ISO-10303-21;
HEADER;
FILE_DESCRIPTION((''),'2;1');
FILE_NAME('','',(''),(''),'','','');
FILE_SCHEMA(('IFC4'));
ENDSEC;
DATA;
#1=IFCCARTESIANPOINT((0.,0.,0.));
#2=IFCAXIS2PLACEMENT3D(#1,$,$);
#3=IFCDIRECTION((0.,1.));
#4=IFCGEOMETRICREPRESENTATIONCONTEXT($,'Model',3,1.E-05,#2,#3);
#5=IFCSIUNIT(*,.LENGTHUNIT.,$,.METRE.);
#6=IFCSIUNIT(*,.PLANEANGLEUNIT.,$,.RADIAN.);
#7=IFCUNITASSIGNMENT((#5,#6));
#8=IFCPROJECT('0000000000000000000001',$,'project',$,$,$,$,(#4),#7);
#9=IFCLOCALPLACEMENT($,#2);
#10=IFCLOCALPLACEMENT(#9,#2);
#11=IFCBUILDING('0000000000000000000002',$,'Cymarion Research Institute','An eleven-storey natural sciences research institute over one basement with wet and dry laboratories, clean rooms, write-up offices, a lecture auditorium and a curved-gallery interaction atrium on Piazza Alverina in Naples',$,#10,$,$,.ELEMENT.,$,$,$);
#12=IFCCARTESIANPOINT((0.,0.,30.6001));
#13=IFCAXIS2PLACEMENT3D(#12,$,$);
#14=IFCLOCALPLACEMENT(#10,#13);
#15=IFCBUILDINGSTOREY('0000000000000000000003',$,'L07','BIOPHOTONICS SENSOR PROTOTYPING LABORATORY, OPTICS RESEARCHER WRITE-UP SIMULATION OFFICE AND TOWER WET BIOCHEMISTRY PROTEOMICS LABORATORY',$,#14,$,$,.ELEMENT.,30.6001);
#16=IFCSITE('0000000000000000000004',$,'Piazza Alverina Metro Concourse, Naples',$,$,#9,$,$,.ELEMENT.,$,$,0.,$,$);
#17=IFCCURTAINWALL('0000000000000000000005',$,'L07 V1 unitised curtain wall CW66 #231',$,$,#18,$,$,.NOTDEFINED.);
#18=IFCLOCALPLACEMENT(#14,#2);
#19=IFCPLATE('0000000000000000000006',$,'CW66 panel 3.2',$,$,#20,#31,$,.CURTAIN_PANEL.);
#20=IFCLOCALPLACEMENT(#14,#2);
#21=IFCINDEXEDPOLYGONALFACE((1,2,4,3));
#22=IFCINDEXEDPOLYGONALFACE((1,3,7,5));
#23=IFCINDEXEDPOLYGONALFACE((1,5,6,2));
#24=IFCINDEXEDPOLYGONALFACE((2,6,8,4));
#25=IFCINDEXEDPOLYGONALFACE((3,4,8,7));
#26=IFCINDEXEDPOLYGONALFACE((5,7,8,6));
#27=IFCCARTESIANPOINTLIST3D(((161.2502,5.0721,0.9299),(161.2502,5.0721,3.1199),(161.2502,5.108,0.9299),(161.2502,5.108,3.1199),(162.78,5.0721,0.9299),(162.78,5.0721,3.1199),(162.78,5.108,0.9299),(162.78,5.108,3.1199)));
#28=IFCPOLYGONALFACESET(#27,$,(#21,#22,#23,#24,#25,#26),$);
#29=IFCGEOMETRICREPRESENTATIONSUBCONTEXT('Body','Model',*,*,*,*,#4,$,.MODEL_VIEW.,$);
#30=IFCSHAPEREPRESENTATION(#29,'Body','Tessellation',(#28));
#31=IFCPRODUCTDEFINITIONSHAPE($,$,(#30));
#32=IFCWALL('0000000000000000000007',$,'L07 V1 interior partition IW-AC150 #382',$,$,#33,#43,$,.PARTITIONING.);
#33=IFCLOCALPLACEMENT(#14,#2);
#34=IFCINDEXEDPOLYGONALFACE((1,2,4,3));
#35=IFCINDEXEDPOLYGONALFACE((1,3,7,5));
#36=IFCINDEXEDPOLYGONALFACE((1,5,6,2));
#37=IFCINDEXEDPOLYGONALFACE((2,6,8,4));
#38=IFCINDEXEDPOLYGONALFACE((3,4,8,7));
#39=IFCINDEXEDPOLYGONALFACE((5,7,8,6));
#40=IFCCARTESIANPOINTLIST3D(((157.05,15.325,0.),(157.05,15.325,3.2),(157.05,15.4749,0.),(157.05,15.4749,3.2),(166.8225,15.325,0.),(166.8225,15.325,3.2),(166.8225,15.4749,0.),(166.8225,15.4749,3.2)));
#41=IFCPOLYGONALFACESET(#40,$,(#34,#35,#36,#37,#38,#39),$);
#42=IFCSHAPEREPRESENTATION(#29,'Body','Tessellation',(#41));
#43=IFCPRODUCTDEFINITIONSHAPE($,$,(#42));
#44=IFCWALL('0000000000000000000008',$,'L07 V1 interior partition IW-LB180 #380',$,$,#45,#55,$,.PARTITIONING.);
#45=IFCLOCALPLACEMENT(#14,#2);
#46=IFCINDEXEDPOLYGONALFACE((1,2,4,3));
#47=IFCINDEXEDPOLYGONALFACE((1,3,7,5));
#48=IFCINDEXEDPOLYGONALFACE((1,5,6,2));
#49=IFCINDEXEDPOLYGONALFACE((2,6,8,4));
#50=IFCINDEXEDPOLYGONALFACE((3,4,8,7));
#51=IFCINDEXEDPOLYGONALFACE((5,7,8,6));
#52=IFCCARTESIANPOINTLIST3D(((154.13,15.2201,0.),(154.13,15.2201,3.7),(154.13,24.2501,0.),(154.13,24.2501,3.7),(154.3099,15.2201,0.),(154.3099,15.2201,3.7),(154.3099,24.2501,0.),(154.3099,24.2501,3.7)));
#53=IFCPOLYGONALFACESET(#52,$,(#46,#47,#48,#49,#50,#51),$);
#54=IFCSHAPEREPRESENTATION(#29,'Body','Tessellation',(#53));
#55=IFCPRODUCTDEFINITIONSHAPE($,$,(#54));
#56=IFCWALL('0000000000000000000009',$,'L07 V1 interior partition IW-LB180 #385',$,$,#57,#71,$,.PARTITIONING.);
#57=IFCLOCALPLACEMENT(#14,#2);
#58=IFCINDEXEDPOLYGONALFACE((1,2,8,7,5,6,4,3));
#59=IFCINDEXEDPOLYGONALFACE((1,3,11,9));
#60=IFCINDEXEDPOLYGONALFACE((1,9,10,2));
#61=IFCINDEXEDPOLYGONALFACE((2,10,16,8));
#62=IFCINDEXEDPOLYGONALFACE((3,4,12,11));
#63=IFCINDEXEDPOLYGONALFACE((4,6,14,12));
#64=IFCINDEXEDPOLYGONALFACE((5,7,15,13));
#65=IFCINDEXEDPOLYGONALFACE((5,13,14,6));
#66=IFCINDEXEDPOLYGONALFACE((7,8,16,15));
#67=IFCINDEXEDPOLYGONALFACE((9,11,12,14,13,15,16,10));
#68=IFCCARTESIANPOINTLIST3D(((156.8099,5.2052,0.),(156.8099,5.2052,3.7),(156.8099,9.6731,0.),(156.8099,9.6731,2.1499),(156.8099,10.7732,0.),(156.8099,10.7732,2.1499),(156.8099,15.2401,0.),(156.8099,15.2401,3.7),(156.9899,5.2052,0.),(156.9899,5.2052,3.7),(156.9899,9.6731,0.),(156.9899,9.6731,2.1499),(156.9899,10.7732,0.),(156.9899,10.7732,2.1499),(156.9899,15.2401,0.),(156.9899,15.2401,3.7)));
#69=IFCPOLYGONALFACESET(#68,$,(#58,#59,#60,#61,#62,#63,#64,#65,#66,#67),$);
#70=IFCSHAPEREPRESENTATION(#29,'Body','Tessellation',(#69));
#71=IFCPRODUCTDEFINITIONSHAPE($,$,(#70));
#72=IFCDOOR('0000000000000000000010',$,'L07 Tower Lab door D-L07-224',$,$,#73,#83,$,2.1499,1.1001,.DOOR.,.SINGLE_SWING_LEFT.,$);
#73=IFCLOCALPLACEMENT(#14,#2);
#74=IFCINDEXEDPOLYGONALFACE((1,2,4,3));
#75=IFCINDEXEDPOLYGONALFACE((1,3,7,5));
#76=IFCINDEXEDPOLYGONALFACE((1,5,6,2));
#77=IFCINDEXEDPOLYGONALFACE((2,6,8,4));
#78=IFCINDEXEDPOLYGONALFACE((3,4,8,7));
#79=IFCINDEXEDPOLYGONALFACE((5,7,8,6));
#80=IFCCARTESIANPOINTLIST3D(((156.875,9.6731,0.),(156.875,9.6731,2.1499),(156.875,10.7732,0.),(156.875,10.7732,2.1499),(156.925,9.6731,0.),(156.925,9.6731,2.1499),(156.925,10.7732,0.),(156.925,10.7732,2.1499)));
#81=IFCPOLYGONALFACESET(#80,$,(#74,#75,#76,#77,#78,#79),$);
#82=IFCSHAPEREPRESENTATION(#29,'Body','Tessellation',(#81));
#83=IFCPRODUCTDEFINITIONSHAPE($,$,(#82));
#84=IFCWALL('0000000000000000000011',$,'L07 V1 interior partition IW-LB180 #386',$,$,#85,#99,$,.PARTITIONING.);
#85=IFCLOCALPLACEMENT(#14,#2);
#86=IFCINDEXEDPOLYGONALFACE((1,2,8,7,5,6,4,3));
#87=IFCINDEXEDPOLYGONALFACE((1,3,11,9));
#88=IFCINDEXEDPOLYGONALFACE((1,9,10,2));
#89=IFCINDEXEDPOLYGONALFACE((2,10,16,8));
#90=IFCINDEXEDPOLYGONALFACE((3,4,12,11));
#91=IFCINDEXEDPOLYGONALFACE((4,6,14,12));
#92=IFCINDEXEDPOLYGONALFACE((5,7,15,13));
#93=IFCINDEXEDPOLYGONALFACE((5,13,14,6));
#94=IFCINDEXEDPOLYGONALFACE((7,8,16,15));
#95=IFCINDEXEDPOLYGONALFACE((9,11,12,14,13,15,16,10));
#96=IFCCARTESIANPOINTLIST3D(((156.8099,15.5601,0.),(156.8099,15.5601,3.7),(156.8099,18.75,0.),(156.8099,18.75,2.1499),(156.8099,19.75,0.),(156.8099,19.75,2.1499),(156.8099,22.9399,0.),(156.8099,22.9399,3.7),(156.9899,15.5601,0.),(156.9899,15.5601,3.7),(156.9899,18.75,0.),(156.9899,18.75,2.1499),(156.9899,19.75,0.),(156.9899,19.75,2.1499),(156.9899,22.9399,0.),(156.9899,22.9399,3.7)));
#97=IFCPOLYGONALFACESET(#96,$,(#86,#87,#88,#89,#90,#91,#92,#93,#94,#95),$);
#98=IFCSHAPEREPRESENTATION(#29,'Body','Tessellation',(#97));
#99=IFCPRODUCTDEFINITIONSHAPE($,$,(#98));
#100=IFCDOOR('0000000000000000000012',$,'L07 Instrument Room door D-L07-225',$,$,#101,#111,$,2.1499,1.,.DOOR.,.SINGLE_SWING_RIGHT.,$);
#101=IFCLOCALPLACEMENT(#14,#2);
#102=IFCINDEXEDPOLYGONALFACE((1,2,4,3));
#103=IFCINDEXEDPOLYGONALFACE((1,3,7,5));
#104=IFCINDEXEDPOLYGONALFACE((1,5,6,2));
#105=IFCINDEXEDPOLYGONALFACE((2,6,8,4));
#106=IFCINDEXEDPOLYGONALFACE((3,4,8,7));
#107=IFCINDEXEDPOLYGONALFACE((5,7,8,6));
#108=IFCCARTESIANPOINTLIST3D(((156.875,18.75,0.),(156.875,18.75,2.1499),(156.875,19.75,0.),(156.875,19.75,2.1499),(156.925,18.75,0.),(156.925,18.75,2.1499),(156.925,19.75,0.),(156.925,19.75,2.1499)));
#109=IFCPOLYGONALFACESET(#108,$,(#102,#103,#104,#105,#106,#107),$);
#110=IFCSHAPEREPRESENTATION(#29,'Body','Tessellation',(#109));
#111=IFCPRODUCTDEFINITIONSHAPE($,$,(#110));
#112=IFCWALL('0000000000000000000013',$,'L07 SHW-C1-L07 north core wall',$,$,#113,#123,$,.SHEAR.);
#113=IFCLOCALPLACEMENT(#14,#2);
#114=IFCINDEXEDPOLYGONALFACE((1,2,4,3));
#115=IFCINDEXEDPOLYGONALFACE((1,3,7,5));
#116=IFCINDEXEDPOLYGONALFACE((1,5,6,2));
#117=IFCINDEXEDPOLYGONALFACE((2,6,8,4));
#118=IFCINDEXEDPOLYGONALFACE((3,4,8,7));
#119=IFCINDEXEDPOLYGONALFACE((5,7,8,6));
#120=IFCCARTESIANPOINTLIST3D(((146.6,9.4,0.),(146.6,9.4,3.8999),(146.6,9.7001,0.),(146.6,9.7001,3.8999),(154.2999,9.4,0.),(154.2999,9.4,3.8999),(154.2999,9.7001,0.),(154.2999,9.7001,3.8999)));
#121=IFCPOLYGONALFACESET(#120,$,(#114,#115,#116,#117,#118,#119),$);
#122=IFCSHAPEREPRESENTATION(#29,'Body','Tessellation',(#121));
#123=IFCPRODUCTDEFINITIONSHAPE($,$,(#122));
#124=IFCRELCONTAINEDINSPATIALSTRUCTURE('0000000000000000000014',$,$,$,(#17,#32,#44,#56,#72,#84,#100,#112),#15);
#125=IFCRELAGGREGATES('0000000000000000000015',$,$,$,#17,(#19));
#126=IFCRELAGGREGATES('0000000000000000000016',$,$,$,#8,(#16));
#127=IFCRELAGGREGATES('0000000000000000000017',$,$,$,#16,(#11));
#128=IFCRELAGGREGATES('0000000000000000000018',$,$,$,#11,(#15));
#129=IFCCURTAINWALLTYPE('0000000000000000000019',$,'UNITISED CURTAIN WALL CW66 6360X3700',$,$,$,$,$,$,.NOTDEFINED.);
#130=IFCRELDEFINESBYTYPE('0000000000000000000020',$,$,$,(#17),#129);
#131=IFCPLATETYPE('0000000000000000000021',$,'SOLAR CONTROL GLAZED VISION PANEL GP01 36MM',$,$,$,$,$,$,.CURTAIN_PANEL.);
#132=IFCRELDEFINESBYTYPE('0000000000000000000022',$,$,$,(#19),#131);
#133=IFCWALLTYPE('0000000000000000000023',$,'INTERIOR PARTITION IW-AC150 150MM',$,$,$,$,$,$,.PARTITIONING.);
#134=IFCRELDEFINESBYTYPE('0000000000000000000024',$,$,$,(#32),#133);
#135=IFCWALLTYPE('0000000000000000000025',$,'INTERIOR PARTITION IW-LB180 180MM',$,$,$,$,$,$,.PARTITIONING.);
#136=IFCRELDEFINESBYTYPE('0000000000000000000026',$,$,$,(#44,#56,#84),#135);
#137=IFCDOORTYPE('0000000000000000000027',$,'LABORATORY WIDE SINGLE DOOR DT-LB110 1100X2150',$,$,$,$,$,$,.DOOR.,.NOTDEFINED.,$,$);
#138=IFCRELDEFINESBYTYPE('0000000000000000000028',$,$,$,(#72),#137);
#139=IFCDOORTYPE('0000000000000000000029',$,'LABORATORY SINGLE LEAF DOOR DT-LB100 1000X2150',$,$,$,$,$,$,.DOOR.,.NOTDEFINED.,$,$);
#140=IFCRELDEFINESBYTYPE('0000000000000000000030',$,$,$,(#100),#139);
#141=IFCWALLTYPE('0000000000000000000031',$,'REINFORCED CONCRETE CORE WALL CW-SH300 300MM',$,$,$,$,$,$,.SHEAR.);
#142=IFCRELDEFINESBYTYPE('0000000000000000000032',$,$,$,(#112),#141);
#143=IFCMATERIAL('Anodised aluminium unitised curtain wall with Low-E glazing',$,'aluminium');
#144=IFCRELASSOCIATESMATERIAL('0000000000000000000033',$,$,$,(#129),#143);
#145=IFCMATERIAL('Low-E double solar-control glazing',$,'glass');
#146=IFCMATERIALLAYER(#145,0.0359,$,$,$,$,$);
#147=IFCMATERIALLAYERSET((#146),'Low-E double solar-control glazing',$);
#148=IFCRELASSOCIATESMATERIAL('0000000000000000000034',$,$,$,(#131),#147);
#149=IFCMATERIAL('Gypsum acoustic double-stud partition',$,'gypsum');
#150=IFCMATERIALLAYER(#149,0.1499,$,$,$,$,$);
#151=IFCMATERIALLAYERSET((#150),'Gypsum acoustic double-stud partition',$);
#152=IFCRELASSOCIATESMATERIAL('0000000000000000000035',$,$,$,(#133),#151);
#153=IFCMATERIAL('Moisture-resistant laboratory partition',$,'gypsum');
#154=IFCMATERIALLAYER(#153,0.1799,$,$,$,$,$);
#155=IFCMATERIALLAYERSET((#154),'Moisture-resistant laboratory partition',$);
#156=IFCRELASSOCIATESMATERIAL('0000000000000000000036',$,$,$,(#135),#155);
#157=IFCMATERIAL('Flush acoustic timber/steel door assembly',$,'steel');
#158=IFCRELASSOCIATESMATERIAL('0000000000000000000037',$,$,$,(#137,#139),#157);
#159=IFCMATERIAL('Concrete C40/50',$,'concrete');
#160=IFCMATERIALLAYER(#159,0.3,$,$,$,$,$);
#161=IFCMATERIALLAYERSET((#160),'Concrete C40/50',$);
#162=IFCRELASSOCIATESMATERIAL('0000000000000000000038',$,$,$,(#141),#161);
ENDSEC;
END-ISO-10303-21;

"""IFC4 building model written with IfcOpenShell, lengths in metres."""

from ifc_helpers import new_model, si_unit, direction, frame, frame_2d, origin, origin_2d, place, context, subcontext, project, spatial, rectangle, extrude, material, layer, layer_set, type_object, element, fill, aggregate, save


model = new_model("IFC4")

# Units and contexts
model_context = context("Model", 3, precision=1e-05, world=origin(), true_north=direction((0.0, 1.0)))
body_context = subcontext(model_context, "Body", "Model", "MODEL_VIEW")
ifc_project = project(units=[si_unit("LENGTHUNIT", "METRE"), si_unit("PLANEANGLEUNIT", "RADIAN")], contexts=[model_context])

# Site, building, storey
site_placement = place(None, origin())
site = spatial("IfcSite", under=ifc_project, at=site_placement, Name="Piazza Alverina Metro Concourse, Naples", CompositionType="ELEMENT", RefElevation=0.0)
building_placement = place(site_placement, origin())
building = spatial("IfcBuilding", under=site, at=building_placement, Name="Cymarion Research Institute", Description="An eleven-storey natural sciences research institute over one basement with wet and dry laboratories, clean rooms, write-up offices, a lecture auditorium and a curved-gallery interaction atrium on Piazza Alverina in Naples", CompositionType="ELEMENT")
storey_placement = place(building_placement, frame((0.0, 0.0, 30.6001)))
storey = spatial("IfcBuildingStorey", under=building, at=storey_placement, Name="L07", Description="BIOPHOTONICS SENSOR PROTOTYPING LABORATORY, OPTICS RESEARCHER WRITE-UP SIMULATION OFFICE AND TOWER WET BIOCHEMISTRY PROTEOMICS LABORATORY", CompositionType="ELEMENT", Elevation=30.6001)

# Curtain wall
ifc_material_1 = material(Name="Anodised aluminium unitised curtain wall with Low-E glazing", Category="aluminium")
curtain_wall_type = type_object("IfcCurtainWallType", Name="UNITISED CURTAIN WALL CW66 6360X3700", PredefinedType="NOTDEFINED", material=ifc_material_1)
curtain_wall_placement = place(storey_placement, origin())
curtain_wall = element("IfcCurtainWall", 1, at=curtain_wall_placement, inside=storey, type_object=curtain_wall_type, Name="L07 V1 unitised curtain wall CW66 #231", PredefinedType="NOTDEFINED")

# Plate
ifc_material_2 = material(Name="Low-E double solar-control glazing", Category="glass")
ifc_layer_1 = layer(ifc_material_2, 0.0359)
ifc_layer_set_1 = layer_set([ifc_layer_1], Name="Low-E double solar-control glazing")
plate_type_1 = type_object("IfcPlateType", Name="SOLAR CONTROL GLAZED VISION PANEL GP01 36MM", PredefinedType="CURTAIN_PANEL", material=ifc_layer_set_1)
plate_1_placement = place(storey_placement, frame((162.0151, 5.0901, 0.9299), z_axis=(0.0, 0.0, 1.0), x_axis=(1.0, 0.0, 0.0)))
plate_1 = element("IfcPlate", 2, at=plate_1_placement, type_object=plate_type_1, Name="CW66 panel 3.2", PredefinedType="CURTAIN_PANEL", context=body_context, shape_type="SweptSolid", body=[
    extrude(rectangle(XDim=1.5298, YDim=0.0359, at=origin_2d()), origin(), (0.0, 0.0, 1.0), 2.1899),
])
aggregate(curtain_wall, [plate_1])

# Walls
ifc_material_3 = material(Name="Gypsum acoustic double-stud partition", Category="gypsum")
ifc_layer_2 = layer(ifc_material_3, 0.1499)
ifc_layer_set_2 = layer_set([ifc_layer_2], Name="Gypsum acoustic double-stud partition")
wall_type_1 = type_object("IfcWallType", Name="INTERIOR PARTITION IW-AC150 150MM", PredefinedType="PARTITIONING", material=ifc_layer_set_2)
wall_1_placement = place(storey_placement, frame((157.05, 15.3999, 0.0), z_axis=(0.0, 0.0, 1.0), x_axis=(1.0, 0.0, 0.0)))
element("IfcWall", 3, at=wall_1_placement, inside=storey, type_object=wall_type_1, Name="L07 V1 interior partition IW-AC150 #382", PredefinedType="PARTITIONING", context=body_context, shape_type="SweptSolid", body=[
    extrude(rectangle(XDim=9.7725, YDim=0.1499, at=frame_2d((4.8862, 0.0))), origin(), (0.0, 0.0, 1.0), 3.2),
])
ifc_material_4 = material(Name="Moisture-resistant laboratory partition", Category="gypsum")
ifc_layer_3 = layer(ifc_material_4, 0.1799)
ifc_layer_set_3 = layer_set([ifc_layer_3], Name="Moisture-resistant laboratory partition")
wall_type_2 = type_object("IfcWallType", Name="INTERIOR PARTITION IW-LB180 180MM", PredefinedType="PARTITIONING", material=ifc_layer_set_3)
wall_2_placement = place(storey_placement, frame((154.22, 15.22, 0.0), z_axis=(0.0, 0.0, 1.0), x_axis=(0.0, 1.0, 0.0)))
element("IfcWall", 4, at=wall_2_placement, inside=storey, type_object=wall_type_2, Name="L07 V1 interior partition IW-LB180 #380", PredefinedType="PARTITIONING", context=body_context, shape_type="SweptSolid", body=[
    extrude(rectangle(XDim=9.03, YDim=0.1799, at=frame_2d((4.5151, 0.0))), origin(), (0.0, 0.0, 1.0), 3.7),
])

# Walls, openings, doors
wall_3_placement = place(storey_placement, frame((156.8999, 5.2051, 0.0), z_axis=(0.0, 0.0, 1.0), x_axis=(0.0, 1.0, 0.0)))
wall_3 = element("IfcWall", 5, at=wall_3_placement, inside=storey, type_object=wall_type_2, Name="L07 V1 interior partition IW-LB180 #385", PredefinedType="PARTITIONING", context=body_context, shape_type="SweptSolid", body=[
    extrude(rectangle(XDim=10.0349, YDim=0.1799, at=frame_2d((5.0176, 0.0))), origin(), (0.0, 0.0, 1.0), 3.7),
])
opening_1_placement = place(wall_3_placement, frame((4.468, 0.0, 0.0)))
opening_1 = element("IfcOpeningElement", 6, at=opening_1_placement, cuts=wall_3, PredefinedType="OPENING", context=body_context, shape_type="SweptSolid", body=[
    extrude(rectangle(XDim=1.1001, YDim=2.1499, at=frame_2d((0.55, 1.075))), frame((0.0, 0.0999, 0.0), z_axis=(0.0, -1.0, 0.0), x_axis=(1.0, 0.0, 0.0)), (0.0, 0.0, 1.0), 0.2),
])
ifc_material_5 = material(Name="Flush acoustic timber/steel door assembly", Category="steel")
door_type_1 = type_object("IfcDoorType", Name="LABORATORY WIDE SINGLE DOOR DT-LB110 1100X2150", OperationType="NOTDEFINED", PredefinedType="DOOR", material=ifc_material_5)
door_1_placement = place(opening_1_placement, origin())
door_1 = element("IfcDoor", 7, at=door_1_placement, inside=storey, type_object=door_type_1, Name="L07 Tower Lab door D-L07-224", OperationType="SINGLE_SWING_LEFT", OverallHeight=2.1499, OverallWidth=1.1001, PredefinedType="DOOR", context=body_context, shape_type="SweptSolid", body=[
    extrude(rectangle(XDim=1.1001, YDim=2.1499, at=frame_2d((0.55, 1.075))), frame((0.0, 0.0249, 0.0), z_axis=(0.0, -1.0, 0.0), x_axis=(1.0, 0.0, 0.0)), (0.0, 0.0, 1.0), 0.05),
])
fill(opening_1, door_1)
wall_4_placement = place(storey_placement, frame((156.8999, 15.5601, 0.0), z_axis=(0.0, 0.0, 1.0), x_axis=(0.0, 1.0, 0.0)))
wall_4 = element("IfcWall", 8, at=wall_4_placement, inside=storey, type_object=wall_type_2, Name="L07 V1 interior partition IW-LB180 #386", PredefinedType="PARTITIONING", context=body_context, shape_type="SweptSolid", body=[
    extrude(rectangle(XDim=7.3799, YDim=0.1799, at=frame_2d((3.6899, 0.0))), origin(), (0.0, 0.0, 1.0), 3.7),
])
opening_2_placement = place(wall_4_placement, frame((3.1899, 0.0, 0.0)))
opening_2 = element("IfcOpeningElement", 9, at=opening_2_placement, cuts=wall_4, PredefinedType="OPENING", context=body_context, shape_type="SweptSolid", body=[
    extrude(rectangle(XDim=1.0, YDim=2.1499, at=frame_2d((0.5, 1.075))), frame((0.0, 0.0999, 0.0), z_axis=(0.0, -1.0, 0.0), x_axis=(1.0, 0.0, 0.0)), (0.0, 0.0, 1.0), 0.2),
])
door_type_2 = type_object("IfcDoorType", Name="LABORATORY SINGLE LEAF DOOR DT-LB100 1000X2150", OperationType="NOTDEFINED", PredefinedType="DOOR", material=ifc_material_5)
door_2_placement = place(opening_2_placement, origin())
door_2 = element("IfcDoor", 10, at=door_2_placement, inside=storey, type_object=door_type_2, Name="L07 Instrument Room door D-L07-225", OperationType="SINGLE_SWING_RIGHT", OverallHeight=2.1499, OverallWidth=1.0, PredefinedType="DOOR", context=body_context, shape_type="SweptSolid", body=[
    extrude(rectangle(XDim=1.0, YDim=2.1499, at=frame_2d((0.5, 1.075))), frame((0.0, 0.0249, 0.0), z_axis=(0.0, -1.0, 0.0), x_axis=(1.0, 0.0, 0.0)), (0.0, 0.0, 1.0), 0.05),
])
fill(opening_2, door_2)

# Wall
ifc_material_6 = material(Name="Concrete C40/50", Category="concrete")
ifc_layer_4 = layer(ifc_material_6, 0.3)
ifc_layer_set_4 = layer_set([ifc_layer_4], Name="Concrete C40/50")
wall_type_3 = type_object("IfcWallType", Name="REINFORCED CONCRETE CORE WALL CW-SH300 300MM", PredefinedType="SHEAR", material=ifc_layer_set_4)
wall_5_placement = place(storey_placement, frame((154.3, 9.55, 0.0), z_axis=(0.0, 0.0, 1.0), x_axis=(-1.0, 0.0, 0.0)))
element("IfcWall", 11, at=wall_5_placement, inside=storey, type_object=wall_type_3, Name="L07 SHW-C1-L07 north core wall", PredefinedType="SHEAR", context=body_context, shape_type="SweptSolid", body=[
    extrude(rectangle(XDim=7.7, YDim=0.3, at=frame_2d((3.8501, 0.0))), origin(), (0.0, 0.0, 1.0), 3.8999),
])

save(model, "model.ifc")
